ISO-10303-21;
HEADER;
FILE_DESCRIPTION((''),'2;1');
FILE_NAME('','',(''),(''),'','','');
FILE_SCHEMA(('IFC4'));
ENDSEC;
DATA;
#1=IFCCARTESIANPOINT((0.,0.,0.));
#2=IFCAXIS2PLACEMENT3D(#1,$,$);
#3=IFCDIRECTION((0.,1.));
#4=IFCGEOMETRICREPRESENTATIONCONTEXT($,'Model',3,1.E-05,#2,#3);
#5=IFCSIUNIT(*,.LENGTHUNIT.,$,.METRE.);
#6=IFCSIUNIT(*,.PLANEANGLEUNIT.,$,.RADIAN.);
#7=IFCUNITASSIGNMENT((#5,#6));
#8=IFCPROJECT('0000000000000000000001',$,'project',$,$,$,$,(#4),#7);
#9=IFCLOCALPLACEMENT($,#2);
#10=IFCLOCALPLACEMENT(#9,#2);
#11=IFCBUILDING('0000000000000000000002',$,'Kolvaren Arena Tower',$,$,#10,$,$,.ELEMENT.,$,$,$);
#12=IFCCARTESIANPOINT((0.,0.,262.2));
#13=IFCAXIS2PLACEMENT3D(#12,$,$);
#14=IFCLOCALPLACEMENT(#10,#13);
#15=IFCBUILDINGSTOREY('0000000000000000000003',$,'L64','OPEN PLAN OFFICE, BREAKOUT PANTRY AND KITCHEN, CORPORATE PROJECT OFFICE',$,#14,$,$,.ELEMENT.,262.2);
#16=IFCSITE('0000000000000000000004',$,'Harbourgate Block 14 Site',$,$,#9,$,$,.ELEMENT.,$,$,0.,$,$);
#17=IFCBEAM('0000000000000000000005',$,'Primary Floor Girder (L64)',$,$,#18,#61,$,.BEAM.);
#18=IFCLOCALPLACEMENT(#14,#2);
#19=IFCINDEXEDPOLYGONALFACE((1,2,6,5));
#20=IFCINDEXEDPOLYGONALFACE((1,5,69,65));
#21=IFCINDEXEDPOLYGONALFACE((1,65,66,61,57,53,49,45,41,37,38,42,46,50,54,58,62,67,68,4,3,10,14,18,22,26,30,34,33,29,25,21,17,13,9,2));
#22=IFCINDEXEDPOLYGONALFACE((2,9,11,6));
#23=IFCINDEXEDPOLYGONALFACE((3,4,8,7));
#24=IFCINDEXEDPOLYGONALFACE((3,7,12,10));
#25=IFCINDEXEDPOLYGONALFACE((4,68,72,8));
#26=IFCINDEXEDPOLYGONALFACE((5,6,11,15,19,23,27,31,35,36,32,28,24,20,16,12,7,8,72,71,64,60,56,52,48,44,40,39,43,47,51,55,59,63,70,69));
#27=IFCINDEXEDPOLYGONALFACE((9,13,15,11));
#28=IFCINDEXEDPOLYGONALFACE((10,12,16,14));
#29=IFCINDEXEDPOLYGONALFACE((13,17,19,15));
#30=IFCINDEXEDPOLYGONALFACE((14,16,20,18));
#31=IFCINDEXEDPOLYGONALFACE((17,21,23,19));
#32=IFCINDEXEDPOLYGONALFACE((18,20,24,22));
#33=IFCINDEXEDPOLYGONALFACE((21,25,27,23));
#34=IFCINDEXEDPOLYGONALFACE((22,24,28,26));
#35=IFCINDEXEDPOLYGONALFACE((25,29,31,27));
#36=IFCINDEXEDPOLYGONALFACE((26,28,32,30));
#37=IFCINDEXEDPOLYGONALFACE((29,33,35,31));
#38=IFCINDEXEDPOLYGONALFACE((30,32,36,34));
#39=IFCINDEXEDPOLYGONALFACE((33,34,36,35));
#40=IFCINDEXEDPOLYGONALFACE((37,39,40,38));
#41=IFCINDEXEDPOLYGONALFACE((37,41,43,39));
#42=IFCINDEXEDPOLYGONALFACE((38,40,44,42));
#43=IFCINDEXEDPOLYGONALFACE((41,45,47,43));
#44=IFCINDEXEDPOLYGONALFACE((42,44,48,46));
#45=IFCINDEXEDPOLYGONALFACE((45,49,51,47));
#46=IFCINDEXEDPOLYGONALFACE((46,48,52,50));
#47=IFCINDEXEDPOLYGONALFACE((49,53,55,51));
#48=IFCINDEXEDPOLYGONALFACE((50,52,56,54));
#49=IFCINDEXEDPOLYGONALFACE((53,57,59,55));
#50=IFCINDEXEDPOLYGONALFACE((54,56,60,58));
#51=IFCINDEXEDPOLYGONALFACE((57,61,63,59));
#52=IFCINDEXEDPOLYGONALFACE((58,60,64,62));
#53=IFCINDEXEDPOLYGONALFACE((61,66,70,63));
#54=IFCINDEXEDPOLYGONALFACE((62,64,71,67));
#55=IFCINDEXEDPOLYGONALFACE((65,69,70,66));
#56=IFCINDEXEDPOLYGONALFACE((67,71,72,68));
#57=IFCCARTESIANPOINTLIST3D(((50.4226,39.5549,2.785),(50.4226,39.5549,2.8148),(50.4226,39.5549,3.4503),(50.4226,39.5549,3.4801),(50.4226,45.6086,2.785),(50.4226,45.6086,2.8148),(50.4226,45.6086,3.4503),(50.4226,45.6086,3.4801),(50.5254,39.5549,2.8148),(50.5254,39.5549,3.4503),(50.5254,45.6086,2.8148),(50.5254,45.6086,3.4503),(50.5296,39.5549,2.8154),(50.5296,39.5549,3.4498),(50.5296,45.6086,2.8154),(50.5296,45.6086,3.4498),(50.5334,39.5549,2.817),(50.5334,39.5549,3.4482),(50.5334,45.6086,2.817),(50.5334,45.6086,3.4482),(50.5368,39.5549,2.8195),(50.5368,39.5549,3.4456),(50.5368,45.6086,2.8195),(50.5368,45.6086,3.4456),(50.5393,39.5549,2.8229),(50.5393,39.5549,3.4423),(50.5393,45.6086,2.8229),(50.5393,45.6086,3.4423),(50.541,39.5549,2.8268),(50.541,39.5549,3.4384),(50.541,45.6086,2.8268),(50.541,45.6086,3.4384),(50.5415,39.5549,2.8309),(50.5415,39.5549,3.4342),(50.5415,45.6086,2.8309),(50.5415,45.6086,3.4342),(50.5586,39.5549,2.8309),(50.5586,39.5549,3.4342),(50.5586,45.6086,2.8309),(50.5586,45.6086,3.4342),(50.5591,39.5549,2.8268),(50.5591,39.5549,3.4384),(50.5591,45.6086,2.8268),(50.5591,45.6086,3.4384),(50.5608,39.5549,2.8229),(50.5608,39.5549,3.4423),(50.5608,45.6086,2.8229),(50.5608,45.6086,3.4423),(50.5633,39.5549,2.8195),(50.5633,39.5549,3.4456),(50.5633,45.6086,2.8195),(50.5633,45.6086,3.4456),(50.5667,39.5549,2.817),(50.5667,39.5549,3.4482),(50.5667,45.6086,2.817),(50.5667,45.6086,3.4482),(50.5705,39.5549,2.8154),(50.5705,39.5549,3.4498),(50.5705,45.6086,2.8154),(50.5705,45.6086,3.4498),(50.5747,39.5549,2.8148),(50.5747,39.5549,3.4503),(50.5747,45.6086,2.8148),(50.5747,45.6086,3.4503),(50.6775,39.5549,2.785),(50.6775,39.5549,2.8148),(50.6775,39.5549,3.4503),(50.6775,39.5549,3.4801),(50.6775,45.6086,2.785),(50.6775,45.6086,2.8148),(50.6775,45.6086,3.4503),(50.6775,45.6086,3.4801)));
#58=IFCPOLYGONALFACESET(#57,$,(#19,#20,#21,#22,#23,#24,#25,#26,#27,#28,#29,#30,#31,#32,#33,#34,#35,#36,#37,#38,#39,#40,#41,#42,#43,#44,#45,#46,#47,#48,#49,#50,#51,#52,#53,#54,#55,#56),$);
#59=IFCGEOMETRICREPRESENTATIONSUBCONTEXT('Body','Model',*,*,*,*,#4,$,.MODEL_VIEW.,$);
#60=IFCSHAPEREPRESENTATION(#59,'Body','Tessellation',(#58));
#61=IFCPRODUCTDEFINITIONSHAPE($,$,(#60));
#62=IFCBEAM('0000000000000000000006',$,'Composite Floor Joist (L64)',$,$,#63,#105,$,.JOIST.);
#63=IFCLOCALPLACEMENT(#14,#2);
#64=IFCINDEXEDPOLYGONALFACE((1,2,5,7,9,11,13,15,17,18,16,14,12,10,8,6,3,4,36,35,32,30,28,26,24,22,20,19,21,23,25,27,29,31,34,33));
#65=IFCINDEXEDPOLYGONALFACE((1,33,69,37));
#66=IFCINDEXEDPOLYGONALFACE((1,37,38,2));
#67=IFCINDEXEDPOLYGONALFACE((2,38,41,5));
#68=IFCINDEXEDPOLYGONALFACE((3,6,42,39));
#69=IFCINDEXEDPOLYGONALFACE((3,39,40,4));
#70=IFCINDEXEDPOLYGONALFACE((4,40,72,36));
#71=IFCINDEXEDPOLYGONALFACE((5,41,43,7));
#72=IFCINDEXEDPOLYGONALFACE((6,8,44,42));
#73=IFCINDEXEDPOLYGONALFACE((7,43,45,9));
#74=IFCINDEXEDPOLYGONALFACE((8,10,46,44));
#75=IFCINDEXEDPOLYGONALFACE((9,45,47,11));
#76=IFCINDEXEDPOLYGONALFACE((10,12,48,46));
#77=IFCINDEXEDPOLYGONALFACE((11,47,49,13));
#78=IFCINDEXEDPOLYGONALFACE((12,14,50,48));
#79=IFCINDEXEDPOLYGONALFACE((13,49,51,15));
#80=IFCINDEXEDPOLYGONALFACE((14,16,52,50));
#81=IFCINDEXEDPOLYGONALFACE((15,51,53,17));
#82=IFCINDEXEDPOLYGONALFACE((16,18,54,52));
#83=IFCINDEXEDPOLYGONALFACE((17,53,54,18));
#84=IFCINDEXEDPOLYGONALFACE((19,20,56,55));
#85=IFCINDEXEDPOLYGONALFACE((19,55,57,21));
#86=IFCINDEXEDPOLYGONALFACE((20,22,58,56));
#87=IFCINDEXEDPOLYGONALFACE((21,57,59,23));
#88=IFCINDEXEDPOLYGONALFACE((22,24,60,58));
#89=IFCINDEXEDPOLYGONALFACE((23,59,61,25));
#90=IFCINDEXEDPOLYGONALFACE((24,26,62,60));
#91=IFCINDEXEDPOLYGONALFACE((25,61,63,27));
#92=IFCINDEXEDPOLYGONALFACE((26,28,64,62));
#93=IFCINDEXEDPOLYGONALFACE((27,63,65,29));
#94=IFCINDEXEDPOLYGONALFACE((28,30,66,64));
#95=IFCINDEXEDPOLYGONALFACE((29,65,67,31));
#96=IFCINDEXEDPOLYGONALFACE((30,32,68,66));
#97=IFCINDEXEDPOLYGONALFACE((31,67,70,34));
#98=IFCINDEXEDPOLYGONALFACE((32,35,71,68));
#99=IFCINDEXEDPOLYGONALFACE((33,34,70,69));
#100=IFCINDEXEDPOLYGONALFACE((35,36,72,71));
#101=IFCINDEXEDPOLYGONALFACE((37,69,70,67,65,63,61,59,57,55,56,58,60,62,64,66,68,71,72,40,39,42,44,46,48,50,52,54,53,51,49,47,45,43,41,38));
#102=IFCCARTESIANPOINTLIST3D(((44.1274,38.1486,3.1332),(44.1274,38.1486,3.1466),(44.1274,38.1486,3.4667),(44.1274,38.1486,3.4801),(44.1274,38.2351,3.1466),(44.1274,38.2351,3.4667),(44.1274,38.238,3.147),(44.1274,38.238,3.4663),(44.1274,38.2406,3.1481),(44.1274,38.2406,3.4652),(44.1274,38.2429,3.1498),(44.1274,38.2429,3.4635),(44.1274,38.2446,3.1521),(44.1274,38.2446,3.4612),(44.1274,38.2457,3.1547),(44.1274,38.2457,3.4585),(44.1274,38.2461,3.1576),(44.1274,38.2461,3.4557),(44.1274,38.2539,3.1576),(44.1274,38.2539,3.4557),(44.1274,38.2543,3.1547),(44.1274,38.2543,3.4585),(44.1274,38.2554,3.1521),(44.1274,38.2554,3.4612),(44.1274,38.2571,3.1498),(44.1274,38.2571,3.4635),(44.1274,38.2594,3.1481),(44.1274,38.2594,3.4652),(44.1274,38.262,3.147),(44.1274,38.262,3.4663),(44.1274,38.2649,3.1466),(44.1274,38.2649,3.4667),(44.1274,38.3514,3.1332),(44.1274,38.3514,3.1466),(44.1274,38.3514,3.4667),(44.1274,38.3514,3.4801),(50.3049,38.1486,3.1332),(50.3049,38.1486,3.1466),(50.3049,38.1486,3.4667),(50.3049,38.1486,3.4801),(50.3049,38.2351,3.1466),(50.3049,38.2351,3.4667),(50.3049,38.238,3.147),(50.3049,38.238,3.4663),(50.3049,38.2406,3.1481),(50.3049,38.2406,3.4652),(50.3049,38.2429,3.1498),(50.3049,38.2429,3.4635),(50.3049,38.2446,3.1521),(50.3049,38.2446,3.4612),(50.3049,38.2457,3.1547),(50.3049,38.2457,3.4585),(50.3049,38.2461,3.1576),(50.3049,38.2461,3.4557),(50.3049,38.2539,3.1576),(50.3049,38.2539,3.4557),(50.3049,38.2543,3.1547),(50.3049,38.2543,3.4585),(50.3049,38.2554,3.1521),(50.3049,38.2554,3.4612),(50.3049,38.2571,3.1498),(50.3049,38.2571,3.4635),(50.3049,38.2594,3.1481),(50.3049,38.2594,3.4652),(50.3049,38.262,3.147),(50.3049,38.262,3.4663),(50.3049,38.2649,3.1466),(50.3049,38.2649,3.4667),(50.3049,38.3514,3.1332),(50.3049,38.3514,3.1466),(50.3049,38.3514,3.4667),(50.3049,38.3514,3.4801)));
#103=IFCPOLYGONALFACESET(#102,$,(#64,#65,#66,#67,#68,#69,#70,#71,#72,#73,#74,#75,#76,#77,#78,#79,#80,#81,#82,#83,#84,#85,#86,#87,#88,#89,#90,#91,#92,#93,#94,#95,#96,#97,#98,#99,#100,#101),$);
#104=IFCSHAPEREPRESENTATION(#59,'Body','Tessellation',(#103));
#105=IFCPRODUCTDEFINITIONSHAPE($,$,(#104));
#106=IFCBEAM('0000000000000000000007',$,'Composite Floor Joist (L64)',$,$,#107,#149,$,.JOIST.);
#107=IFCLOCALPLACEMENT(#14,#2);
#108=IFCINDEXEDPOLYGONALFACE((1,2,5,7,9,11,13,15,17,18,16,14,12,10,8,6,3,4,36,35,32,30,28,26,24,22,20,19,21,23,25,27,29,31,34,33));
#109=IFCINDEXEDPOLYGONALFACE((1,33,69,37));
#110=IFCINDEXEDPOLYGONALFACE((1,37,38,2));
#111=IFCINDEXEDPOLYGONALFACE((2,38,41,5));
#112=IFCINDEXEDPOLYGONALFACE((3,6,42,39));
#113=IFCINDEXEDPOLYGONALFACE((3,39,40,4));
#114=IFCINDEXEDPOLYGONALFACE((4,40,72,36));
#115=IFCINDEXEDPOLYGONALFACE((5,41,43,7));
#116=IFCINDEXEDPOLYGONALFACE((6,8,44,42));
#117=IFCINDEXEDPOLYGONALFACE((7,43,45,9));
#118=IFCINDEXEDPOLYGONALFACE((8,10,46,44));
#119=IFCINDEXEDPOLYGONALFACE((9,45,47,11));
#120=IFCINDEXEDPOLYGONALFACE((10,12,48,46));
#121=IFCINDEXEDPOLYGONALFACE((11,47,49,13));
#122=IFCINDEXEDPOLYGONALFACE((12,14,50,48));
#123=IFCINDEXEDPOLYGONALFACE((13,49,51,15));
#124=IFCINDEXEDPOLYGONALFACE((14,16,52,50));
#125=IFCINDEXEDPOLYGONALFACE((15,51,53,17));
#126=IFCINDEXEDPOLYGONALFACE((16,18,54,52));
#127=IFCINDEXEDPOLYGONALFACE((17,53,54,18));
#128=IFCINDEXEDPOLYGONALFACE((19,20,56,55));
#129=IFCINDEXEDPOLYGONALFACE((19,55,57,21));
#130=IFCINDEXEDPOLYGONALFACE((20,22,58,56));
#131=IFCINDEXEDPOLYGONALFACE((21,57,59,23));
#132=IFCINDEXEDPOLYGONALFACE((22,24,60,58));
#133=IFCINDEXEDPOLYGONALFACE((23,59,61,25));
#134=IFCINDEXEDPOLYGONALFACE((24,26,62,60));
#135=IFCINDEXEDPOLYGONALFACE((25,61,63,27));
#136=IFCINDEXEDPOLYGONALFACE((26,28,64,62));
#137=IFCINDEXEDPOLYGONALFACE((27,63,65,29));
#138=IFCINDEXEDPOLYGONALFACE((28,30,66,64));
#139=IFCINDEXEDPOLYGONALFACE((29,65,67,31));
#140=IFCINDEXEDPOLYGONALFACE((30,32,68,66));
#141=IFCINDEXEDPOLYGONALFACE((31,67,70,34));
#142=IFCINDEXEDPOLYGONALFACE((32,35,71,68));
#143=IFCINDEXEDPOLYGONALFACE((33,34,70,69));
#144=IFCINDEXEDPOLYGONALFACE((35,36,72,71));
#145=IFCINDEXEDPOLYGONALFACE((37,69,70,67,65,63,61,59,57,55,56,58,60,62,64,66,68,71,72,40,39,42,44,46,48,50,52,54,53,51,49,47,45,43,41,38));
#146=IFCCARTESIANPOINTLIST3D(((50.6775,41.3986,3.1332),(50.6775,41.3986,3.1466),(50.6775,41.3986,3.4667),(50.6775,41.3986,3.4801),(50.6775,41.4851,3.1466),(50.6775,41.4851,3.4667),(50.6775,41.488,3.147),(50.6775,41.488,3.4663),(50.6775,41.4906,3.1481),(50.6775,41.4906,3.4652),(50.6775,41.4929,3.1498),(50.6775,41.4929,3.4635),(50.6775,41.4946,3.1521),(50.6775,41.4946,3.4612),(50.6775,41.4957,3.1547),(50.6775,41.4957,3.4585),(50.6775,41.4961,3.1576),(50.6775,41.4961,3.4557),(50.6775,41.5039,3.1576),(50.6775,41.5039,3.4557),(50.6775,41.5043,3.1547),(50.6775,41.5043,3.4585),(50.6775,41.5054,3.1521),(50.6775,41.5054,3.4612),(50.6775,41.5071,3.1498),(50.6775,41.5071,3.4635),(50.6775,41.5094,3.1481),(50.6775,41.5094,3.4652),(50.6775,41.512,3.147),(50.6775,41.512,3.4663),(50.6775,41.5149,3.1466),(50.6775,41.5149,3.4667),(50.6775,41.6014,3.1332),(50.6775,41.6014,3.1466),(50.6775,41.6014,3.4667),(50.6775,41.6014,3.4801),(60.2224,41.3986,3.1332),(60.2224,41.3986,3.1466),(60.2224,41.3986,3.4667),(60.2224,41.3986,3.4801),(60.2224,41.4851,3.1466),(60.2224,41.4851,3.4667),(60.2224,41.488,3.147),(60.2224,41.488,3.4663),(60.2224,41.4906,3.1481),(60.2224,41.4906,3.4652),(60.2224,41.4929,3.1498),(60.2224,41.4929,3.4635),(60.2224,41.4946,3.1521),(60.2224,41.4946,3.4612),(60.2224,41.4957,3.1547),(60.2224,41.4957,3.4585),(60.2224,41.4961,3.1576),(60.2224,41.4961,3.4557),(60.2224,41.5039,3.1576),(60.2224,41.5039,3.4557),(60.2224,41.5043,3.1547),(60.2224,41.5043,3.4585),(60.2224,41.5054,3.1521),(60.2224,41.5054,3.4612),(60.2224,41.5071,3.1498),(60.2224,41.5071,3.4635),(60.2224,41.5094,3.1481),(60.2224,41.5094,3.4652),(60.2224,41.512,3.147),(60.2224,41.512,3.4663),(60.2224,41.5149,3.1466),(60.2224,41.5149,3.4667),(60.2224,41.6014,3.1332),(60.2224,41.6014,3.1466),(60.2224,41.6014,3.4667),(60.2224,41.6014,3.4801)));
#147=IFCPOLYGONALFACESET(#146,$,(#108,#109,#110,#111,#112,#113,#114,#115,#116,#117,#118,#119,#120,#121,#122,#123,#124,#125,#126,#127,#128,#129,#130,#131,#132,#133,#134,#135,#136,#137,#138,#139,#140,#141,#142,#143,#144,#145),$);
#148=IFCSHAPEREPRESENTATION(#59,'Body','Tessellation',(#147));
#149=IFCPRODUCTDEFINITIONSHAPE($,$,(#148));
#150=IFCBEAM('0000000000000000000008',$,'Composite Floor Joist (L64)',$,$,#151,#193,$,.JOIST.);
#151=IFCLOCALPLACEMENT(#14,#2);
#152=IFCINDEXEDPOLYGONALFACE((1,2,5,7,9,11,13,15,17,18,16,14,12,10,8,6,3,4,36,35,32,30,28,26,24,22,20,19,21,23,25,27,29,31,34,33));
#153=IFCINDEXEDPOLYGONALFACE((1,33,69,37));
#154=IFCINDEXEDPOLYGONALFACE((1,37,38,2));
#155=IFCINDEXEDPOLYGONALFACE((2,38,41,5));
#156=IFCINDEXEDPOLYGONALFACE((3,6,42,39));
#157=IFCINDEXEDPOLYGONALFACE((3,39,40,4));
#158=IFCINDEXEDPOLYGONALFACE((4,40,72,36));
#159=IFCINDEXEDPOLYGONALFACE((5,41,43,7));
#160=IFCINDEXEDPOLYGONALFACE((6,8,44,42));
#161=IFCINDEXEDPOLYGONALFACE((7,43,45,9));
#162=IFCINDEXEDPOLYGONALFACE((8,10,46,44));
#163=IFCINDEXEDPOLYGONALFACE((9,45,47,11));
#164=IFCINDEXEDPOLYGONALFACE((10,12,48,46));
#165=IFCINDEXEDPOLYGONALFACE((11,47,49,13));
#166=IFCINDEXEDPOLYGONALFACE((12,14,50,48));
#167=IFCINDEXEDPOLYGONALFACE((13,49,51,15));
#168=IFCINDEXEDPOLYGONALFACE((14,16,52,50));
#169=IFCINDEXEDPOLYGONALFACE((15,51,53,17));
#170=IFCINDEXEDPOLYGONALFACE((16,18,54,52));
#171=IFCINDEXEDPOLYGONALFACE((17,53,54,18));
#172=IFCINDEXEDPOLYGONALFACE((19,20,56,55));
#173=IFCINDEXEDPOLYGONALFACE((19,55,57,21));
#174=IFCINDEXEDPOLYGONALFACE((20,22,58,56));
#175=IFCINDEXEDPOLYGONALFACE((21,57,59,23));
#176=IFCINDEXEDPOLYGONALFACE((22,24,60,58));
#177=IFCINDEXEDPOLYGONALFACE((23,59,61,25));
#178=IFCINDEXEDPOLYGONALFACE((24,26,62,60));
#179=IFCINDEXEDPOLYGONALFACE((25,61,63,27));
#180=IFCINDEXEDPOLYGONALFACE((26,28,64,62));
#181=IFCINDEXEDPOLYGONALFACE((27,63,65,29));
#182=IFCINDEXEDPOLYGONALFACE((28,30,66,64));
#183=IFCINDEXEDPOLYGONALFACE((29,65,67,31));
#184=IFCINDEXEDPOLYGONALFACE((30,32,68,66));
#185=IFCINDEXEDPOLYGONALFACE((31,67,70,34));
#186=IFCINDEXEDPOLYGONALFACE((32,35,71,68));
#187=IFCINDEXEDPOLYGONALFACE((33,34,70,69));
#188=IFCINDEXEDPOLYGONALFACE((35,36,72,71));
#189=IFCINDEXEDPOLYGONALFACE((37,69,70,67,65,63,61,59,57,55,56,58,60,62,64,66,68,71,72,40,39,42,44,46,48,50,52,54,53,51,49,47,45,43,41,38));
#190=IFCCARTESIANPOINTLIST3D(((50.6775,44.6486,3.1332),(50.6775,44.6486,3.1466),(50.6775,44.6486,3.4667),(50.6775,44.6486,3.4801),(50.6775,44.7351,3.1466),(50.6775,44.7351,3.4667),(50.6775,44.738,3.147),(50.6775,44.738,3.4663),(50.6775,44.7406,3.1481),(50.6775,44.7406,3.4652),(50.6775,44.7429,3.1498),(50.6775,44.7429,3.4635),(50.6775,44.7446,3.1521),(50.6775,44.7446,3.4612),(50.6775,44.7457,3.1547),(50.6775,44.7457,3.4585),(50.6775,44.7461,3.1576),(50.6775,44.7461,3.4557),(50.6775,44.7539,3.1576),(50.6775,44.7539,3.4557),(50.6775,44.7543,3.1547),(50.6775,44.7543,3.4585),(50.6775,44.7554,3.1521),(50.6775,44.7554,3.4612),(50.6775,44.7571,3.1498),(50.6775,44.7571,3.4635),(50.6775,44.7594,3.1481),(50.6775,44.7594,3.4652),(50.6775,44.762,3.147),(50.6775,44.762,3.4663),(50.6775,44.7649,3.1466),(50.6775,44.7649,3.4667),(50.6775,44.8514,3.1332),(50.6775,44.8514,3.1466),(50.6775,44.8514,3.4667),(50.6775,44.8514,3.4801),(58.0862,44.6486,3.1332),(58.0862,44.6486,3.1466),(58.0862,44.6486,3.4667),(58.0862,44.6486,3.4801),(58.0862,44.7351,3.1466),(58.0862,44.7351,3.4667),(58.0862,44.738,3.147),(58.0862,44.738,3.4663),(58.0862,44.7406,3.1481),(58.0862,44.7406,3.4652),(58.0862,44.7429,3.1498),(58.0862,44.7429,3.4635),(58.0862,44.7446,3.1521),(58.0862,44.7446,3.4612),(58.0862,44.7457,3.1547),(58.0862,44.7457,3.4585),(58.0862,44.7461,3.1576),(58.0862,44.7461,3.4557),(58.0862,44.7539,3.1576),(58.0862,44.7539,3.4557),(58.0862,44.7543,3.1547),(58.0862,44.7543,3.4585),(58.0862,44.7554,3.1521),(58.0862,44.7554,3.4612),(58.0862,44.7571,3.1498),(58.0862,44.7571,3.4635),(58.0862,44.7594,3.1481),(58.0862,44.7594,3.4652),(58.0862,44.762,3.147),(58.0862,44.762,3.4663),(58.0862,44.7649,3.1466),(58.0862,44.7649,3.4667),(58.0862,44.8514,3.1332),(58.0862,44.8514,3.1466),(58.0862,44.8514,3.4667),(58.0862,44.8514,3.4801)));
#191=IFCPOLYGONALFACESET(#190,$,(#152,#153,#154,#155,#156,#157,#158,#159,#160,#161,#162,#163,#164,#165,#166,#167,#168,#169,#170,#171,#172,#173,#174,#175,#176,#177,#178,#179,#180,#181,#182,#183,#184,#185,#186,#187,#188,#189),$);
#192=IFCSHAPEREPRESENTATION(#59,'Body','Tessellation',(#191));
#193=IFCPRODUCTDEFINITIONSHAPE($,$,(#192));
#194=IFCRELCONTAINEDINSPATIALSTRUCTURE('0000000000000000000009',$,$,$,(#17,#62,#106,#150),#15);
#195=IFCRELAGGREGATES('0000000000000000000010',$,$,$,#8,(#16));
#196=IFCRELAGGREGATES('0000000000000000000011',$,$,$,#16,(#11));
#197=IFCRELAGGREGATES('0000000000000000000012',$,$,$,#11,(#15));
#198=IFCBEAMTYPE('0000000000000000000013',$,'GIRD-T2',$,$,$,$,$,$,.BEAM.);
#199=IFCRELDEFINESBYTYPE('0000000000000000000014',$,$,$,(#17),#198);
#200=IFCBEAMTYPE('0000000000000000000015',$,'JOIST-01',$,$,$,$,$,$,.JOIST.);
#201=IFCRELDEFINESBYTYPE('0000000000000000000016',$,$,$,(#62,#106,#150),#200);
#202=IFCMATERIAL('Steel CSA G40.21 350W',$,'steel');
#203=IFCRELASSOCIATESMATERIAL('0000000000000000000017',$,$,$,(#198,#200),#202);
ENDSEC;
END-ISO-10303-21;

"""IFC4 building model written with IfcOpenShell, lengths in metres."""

from ifc_helpers import new_model, si_unit, direction, frame, origin, origin_2d, place, context, subcontext, project, spatial, i_section, extrude, material, material_profile, profile_set, type_object, element, save


model = new_model("IFC4")

# Units and contexts
model_context = context("Model", 3, precision=1e-05, world=origin(), true_north=direction((0.0, 1.0)))
body_context = subcontext(model_context, "Body", "Model", "MODEL_VIEW")
ifc_project = project(units=[si_unit("LENGTHUNIT", "METRE"), si_unit("PLANEANGLEUNIT", "RADIAN")], contexts=[model_context])

# Site, building, storey
site_placement = place(None, origin())
site = spatial("IfcSite", under=ifc_project, at=site_placement, Name="Harbourgate Block 14 Site", CompositionType="ELEMENT", RefElevation=0.0)
building_placement = place(site_placement, origin())
building = spatial("IfcBuilding", under=site, at=building_placement, Name="Kolvaren Arena Tower", CompositionType="ELEMENT")
storey_placement = place(building_placement, frame((0.0, 0.0, 262.2)))
storey = spatial("IfcBuildingStorey", under=building, at=storey_placement, Name="L64", Description="OPEN PLAN OFFICE, BREAKOUT PANTRY AND KITCHEN, CORPORATE PROJECT OFFICE", CompositionType="ELEMENT", Elevation=262.2)

# Beams
ifc_material_1 = material(Name="Steel CSA G40.21 350W", Category="steel")
ifc_material_profile_1 = material_profile(ifc_material_1, i_section(OverallWidth=0.2549, OverallDepth=0.6951, WebThickness=0.0171, FlangeThickness=0.0298, FilletRadius=0.0161, at=origin_2d()), Name="W690x217")
ifc_profile_set_1 = profile_set([ifc_material_profile_1], Name="Steel CSA G40.21 350W")
beam_type_1 = type_object("IfcBeamType", Name="GIRD-T2", PredefinedType="BEAM", material=ifc_profile_set_1)
beam_1_placement = place(storey_placement, frame((50.55, 39.5549, 3.1326), z_axis=(0.0, 1.0, 0.0), x_axis=(-1.0, 0.0, 0.0)))
element("IfcBeam", 1, at=beam_1_placement, inside=storey, type_object=beam_type_1, Name="Primary Floor Girder (L64)", PredefinedType="BEAM", context=body_context, shape_type="SweptSolid", body=[
    extrude(i_section(OverallWidth=0.2549, OverallDepth=0.6951, WebThickness=0.0171, FlangeThickness=0.0298, FilletRadius=0.0161, at=origin_2d()), origin(), (0.0, 0.0, 1.0), 6.0537),
])
ifc_material_profile_2 = material_profile(ifc_material_1, i_section(OverallWidth=0.2029, OverallDepth=0.3469, WebThickness=0.0078, FlangeThickness=0.0134, FilletRadius=0.011, at=origin_2d()), Name="W360x64")
ifc_profile_set_2 = profile_set([ifc_material_profile_2], Name="Steel CSA G40.21 350W")
beam_type_2 = type_object("IfcBeamType", Name="JOIST-01", PredefinedType="JOIST", material=ifc_profile_set_2)
beam_2_placement = place(storey_placement, frame((44.1274, 38.25, 3.3066), z_axis=(1.0, 0.0, 0.0), x_axis=(0.0, 1.0, 0.0)))
element("IfcBeam", 2, at=beam_2_placement, inside=storey, type_object=beam_type_2, Name="Composite Floor Joist (L64)", PredefinedType="JOIST", context=body_context, shape_type="SweptSolid", body=[
    extrude(i_section(OverallWidth=0.2029, OverallDepth=0.3469, WebThickness=0.0078, FlangeThickness=0.0134, FilletRadius=0.011, at=origin_2d()), origin(), (0.0, 0.0, 1.0), 6.1775),
])
beam_3_placement = place(storey_placement, frame((50.6775, 41.5, 3.3066), z_axis=(1.0, 0.0, 0.0), x_axis=(0.0, 1.0, 0.0)))
element("IfcBeam", 3, at=beam_3_placement, inside=storey, type_object=beam_type_2, Name="Composite Floor Joist (L64)", PredefinedType="JOIST", context=body_context, shape_type="SweptSolid", body=[
    extrude(i_section(OverallWidth=0.2029, OverallDepth=0.3469, WebThickness=0.0078, FlangeThickness=0.0134, FilletRadius=0.011, at=origin_2d()), origin(), (0.0, 0.0, 1.0), 9.5449),
])
beam_4_placement = place(storey_placement, frame((50.6775, 44.75, 3.3066), z_axis=(1.0, 0.0, 0.0), x_axis=(0.0, 1.0, 0.0)))
element("IfcBeam", 4, at=beam_4_placement, inside=storey, type_object=beam_type_2, Name="Composite Floor Joist (L64)", PredefinedType="JOIST", context=body_context, shape_type="SweptSolid", body=[
    extrude(i_section(OverallWidth=0.2029, OverallDepth=0.3469, WebThickness=0.0078, FlangeThickness=0.0134, FilletRadius=0.011, at=origin_2d()), origin(), (0.0, 0.0, 1.0), 7.4087),
])

save(model, "model.ifc")
